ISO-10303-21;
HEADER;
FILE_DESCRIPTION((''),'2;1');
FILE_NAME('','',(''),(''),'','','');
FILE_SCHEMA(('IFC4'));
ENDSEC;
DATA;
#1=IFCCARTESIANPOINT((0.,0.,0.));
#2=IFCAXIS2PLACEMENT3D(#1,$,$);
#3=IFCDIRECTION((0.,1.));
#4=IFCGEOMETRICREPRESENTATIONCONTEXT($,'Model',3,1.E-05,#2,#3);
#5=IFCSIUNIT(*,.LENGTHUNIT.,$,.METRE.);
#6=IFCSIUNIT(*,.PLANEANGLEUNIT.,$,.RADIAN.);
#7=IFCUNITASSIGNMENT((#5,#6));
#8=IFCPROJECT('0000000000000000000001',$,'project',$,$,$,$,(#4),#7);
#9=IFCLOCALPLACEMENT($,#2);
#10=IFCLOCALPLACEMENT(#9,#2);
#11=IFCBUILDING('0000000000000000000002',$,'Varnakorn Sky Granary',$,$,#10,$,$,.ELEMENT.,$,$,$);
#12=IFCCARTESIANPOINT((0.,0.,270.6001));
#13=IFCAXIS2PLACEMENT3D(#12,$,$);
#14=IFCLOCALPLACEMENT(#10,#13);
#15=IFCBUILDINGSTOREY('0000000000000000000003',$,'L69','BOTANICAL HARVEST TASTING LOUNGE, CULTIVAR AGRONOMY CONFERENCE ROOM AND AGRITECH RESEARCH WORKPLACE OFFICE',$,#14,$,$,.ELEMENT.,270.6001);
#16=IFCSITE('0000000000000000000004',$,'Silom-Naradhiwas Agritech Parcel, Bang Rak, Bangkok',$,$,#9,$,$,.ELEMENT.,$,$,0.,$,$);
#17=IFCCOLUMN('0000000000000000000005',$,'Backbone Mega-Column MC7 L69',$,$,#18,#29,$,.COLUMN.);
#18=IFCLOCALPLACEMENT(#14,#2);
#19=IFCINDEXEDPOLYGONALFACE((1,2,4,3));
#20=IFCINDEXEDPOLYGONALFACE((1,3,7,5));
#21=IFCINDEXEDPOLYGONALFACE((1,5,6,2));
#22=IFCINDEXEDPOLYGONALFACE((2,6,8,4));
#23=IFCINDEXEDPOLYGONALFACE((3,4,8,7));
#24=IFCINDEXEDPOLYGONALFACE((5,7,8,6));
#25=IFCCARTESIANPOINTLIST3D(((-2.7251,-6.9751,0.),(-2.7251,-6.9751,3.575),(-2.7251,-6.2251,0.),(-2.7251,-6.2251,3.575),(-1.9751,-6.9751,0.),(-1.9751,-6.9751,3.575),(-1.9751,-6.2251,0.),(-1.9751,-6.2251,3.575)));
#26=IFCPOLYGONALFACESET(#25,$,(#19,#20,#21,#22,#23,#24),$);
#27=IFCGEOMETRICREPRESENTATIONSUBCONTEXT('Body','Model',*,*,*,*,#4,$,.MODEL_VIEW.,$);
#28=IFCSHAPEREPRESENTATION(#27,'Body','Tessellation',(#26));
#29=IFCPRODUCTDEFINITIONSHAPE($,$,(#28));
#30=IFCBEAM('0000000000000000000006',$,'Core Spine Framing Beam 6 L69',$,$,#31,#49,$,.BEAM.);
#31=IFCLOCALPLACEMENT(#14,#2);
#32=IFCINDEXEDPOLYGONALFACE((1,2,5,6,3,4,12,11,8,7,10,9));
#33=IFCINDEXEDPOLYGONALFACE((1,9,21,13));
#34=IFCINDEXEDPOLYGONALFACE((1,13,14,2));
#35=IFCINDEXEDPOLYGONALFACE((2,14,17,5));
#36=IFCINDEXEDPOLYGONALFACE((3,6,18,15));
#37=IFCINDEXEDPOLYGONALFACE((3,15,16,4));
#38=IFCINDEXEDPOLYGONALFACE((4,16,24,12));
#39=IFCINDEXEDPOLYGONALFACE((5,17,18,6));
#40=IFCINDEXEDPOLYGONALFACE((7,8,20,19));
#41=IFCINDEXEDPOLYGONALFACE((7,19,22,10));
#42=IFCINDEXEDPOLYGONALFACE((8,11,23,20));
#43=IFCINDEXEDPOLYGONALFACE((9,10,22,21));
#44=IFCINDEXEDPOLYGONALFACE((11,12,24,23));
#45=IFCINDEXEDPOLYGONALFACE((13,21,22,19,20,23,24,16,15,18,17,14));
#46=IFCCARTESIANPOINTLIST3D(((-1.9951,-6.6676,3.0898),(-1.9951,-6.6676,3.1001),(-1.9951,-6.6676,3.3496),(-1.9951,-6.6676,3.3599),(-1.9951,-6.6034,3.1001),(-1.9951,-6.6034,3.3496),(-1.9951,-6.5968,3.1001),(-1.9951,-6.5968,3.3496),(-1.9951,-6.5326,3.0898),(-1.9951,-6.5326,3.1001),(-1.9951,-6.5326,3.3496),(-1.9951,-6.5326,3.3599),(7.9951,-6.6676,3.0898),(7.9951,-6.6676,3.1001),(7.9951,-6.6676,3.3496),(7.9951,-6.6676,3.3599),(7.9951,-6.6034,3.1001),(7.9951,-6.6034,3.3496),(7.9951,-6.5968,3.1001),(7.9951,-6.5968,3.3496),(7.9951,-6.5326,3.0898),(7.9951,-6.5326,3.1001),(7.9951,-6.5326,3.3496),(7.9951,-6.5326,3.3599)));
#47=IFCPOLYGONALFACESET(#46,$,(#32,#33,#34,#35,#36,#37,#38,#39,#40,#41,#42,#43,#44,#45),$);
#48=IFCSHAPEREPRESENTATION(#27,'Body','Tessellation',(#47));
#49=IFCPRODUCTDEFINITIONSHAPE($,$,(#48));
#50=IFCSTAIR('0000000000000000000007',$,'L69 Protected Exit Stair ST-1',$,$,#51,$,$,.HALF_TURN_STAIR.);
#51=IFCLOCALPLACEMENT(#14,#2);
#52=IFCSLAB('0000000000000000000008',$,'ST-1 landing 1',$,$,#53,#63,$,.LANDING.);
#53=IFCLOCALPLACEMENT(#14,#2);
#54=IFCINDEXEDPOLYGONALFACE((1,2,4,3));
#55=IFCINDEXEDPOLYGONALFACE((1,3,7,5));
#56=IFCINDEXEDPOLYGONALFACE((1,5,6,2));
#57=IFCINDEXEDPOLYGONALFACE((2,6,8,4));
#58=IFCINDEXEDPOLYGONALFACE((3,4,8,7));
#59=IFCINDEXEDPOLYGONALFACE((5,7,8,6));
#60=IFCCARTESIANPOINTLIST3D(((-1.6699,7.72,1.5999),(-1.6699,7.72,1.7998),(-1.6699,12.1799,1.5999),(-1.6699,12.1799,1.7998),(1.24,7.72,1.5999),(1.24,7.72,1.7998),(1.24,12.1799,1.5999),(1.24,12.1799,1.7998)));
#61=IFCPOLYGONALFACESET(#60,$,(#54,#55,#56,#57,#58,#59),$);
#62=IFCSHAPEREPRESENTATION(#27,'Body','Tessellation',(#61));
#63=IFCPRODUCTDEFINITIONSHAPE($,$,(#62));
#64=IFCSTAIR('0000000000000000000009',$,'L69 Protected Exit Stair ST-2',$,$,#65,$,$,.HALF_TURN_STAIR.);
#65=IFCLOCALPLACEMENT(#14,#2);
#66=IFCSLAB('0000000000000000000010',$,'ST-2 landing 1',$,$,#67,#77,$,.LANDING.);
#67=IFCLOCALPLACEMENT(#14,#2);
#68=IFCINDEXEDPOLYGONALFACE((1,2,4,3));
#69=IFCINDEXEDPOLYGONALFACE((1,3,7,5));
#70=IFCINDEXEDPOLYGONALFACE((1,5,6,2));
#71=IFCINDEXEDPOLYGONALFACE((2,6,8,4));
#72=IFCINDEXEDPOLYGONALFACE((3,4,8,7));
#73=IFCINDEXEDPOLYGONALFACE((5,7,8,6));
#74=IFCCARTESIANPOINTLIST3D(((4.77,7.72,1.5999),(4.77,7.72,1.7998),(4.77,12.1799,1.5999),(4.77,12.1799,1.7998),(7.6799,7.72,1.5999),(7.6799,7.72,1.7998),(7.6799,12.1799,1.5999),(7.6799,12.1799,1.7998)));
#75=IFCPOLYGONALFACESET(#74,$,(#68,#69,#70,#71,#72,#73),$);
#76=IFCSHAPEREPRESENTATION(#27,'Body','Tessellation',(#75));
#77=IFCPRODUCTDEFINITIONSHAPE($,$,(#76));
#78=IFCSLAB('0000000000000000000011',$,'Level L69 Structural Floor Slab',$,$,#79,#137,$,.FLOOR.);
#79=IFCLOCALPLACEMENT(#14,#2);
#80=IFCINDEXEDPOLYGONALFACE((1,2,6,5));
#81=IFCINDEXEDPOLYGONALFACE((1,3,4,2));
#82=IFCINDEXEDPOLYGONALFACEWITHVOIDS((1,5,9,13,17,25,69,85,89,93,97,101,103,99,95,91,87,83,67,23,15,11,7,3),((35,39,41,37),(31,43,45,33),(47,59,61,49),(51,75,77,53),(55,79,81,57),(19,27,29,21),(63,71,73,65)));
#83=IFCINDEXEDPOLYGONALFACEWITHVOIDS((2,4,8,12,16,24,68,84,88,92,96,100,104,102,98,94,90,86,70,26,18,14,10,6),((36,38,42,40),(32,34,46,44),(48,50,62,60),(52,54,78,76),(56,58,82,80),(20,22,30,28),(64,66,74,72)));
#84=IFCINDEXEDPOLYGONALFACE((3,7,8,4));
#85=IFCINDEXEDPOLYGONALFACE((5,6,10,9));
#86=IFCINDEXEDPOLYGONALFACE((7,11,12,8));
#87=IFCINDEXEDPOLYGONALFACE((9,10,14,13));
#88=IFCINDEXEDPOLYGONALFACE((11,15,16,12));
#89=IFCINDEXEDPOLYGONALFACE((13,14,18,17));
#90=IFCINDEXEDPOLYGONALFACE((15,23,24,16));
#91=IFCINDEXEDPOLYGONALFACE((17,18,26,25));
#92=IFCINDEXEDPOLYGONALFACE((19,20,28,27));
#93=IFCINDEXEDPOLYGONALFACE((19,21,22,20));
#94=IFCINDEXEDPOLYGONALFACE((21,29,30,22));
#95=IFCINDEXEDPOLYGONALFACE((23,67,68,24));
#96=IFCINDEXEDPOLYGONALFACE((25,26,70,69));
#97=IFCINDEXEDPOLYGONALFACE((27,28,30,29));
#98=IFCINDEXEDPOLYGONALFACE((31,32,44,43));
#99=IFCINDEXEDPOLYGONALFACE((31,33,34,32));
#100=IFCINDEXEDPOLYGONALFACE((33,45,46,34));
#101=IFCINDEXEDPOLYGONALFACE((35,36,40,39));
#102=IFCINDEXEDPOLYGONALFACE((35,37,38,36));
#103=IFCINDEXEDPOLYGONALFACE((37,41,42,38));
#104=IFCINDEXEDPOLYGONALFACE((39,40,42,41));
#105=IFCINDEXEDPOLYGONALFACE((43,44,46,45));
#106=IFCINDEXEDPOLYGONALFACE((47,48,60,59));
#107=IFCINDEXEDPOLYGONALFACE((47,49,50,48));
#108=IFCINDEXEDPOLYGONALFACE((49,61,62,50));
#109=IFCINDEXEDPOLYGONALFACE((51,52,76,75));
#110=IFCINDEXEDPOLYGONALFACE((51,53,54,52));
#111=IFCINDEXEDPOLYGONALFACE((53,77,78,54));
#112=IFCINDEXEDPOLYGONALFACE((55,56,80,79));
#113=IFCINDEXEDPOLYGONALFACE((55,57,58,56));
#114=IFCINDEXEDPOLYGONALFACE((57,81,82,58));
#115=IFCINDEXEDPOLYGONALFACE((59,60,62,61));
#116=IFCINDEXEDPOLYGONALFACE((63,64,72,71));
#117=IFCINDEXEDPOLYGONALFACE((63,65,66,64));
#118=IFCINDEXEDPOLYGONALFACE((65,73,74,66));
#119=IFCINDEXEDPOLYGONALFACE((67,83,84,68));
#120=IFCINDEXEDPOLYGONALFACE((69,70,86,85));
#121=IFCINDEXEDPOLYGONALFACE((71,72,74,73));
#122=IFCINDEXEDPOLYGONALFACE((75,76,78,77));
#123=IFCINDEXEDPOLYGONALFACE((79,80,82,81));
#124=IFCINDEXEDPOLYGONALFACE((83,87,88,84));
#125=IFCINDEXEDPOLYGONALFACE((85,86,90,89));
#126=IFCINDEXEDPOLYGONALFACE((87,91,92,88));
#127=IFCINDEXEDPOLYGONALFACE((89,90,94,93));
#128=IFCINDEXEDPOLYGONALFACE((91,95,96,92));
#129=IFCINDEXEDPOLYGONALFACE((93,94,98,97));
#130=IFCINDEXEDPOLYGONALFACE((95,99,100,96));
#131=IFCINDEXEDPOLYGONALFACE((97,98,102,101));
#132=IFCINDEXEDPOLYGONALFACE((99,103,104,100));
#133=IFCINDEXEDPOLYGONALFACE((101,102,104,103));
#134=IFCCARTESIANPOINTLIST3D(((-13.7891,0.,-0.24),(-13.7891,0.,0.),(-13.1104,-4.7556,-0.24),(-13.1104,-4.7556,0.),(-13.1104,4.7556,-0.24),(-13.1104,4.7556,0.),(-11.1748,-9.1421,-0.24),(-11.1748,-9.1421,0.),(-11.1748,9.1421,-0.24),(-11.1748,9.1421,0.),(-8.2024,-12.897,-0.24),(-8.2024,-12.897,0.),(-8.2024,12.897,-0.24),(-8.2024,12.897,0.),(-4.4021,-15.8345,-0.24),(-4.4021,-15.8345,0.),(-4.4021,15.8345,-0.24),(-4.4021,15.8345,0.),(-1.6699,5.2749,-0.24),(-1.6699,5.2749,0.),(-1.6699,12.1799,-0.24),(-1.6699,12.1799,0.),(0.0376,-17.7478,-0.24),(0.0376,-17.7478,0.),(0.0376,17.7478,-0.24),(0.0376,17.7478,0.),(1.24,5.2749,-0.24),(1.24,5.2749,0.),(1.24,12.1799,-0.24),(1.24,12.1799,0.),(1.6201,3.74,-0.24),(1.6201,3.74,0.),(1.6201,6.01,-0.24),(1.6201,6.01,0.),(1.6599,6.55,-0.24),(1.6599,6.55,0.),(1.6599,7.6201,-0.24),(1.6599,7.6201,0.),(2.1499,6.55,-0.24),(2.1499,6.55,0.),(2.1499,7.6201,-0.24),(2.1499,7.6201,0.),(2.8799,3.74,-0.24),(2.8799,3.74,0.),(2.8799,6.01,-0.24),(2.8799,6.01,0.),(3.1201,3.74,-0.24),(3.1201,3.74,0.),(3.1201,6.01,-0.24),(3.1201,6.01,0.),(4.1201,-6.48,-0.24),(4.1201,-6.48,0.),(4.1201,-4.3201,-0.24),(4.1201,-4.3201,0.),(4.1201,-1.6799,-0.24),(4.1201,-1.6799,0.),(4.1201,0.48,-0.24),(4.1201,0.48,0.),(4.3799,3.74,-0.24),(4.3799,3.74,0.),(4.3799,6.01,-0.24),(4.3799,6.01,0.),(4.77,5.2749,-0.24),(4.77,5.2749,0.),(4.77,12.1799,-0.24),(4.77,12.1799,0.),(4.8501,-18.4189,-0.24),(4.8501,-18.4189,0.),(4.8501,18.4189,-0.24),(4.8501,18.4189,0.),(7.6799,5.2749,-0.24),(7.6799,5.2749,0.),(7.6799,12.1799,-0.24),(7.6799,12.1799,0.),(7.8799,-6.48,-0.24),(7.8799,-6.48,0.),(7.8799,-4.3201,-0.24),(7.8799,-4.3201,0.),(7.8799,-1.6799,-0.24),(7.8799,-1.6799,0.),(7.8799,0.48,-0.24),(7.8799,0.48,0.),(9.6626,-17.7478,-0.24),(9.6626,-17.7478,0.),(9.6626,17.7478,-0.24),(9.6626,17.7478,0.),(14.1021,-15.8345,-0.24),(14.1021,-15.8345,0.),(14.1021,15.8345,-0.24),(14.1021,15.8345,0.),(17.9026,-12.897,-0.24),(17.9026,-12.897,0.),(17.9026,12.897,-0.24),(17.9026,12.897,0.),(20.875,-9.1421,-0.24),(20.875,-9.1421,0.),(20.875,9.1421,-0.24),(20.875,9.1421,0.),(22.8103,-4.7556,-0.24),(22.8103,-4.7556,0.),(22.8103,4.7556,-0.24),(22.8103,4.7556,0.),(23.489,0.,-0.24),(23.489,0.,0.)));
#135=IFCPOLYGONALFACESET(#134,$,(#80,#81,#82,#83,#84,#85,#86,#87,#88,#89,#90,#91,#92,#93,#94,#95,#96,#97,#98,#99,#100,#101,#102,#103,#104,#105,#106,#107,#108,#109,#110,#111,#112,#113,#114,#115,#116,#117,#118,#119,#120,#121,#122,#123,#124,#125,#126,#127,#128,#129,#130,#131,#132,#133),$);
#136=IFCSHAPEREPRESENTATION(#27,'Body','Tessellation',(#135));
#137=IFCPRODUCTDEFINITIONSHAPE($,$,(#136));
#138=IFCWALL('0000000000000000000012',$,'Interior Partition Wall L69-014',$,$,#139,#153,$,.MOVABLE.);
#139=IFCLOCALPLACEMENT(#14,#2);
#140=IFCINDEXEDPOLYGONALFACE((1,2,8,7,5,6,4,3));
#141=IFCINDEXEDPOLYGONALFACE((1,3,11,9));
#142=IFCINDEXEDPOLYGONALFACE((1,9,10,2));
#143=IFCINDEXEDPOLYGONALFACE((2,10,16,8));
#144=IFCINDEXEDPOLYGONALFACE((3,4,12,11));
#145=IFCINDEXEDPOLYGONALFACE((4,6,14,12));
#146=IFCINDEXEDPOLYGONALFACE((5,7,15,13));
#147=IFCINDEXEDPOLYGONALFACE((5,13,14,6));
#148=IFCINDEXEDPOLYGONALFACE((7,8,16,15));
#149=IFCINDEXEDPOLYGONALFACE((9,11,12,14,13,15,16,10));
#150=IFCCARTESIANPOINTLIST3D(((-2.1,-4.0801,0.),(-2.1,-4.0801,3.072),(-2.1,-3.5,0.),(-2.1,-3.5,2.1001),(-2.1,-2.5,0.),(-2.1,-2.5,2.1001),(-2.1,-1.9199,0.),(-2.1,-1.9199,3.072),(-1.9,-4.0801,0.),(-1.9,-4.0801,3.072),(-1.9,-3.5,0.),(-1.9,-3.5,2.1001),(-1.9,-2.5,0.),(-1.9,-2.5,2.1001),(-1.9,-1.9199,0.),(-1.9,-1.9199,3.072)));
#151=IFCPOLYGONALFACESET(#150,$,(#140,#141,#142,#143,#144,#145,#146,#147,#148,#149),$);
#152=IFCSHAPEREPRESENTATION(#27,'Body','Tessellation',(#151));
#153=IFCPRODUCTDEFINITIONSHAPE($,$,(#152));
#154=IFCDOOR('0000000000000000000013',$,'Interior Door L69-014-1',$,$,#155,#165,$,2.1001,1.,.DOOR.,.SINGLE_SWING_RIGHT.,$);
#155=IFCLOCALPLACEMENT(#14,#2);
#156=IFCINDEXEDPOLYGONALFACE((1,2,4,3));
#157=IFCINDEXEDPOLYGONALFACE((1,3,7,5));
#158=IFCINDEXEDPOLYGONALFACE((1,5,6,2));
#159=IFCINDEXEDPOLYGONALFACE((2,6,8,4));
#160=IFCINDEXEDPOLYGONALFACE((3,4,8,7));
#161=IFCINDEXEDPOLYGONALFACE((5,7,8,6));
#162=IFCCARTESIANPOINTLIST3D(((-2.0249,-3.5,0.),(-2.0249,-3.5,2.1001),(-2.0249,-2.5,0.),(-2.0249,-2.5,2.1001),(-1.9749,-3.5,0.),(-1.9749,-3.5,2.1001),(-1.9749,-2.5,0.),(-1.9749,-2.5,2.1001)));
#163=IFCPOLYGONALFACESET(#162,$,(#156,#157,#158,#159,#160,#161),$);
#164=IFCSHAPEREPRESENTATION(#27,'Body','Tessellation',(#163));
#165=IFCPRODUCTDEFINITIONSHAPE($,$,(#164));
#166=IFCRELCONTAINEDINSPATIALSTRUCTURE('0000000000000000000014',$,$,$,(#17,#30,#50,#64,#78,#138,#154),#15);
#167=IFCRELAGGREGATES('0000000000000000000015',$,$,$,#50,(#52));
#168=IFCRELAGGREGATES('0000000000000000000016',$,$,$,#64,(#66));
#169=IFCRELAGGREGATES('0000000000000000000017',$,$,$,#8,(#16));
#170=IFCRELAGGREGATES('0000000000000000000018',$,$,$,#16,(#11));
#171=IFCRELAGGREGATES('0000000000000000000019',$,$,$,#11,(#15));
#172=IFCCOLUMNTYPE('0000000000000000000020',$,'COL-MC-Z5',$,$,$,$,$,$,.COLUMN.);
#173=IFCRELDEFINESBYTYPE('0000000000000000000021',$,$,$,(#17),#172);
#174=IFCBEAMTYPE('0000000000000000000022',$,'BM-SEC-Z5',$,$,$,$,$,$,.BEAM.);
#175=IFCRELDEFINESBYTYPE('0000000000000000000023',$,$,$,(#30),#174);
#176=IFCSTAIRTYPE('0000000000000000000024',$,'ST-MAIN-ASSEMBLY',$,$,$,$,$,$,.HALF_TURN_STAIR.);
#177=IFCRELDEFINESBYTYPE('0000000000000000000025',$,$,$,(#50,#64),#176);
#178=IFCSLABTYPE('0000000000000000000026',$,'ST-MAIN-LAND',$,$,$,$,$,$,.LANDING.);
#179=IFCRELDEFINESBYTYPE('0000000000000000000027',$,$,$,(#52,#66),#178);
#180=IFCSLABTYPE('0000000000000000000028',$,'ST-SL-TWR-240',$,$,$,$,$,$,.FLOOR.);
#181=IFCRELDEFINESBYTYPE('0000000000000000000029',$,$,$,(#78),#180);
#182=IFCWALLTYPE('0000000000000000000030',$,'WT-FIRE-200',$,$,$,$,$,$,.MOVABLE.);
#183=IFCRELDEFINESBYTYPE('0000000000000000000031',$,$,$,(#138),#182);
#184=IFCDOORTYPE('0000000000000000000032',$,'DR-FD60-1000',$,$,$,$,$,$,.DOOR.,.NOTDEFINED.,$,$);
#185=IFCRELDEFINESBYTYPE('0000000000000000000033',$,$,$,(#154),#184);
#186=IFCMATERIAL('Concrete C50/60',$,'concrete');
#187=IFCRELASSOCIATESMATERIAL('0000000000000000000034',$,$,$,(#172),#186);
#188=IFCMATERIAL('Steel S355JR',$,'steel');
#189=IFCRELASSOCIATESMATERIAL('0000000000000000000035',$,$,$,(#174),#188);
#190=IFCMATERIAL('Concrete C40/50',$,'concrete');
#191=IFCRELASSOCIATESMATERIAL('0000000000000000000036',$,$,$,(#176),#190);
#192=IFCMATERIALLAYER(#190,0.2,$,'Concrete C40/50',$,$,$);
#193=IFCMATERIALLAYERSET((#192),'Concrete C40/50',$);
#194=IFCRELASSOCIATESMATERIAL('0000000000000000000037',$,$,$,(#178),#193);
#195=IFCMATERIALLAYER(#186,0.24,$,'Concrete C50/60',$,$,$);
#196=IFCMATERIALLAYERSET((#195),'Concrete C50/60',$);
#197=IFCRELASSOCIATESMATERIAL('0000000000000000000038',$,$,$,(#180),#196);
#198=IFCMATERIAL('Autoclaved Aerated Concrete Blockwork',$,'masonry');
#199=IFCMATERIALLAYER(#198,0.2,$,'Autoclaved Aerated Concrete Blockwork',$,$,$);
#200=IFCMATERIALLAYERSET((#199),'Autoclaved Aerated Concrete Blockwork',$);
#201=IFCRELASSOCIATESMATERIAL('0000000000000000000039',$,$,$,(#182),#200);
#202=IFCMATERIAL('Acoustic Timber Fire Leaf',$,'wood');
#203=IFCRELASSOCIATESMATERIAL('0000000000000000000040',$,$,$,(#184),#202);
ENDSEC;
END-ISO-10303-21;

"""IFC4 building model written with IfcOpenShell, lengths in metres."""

from ifc_helpers import new_model, si_unit, direction, frame, frame_2d, origin, origin_2d, place, context, subcontext, project, spatial, polyline, rectangle, i_section, outline, extrude, material, layer, layer_set, material_profile, profile_set, type_object, element, fill, aggregate, save


model = new_model("IFC4")

# Units and contexts
model_context = context("Model", 3, precision=1e-05, world=origin(), true_north=direction((0.0, 1.0)))
body_context = subcontext(model_context, "Body", "Model", "MODEL_VIEW")
ifc_project = project(units=[si_unit("LENGTHUNIT", "METRE"), si_unit("PLANEANGLEUNIT", "RADIAN")], contexts=[model_context])

# Site, building, storey
site_placement = place(None, origin())
site = spatial("IfcSite", under=ifc_project, at=site_placement, Name="Silom-Naradhiwas Agritech Parcel, Bang Rak, Bangkok", CompositionType="ELEMENT", RefElevation=0.0)
building_placement = place(site_placement, origin())
building = spatial("IfcBuilding", under=site, at=building_placement, Name="Varnakorn Sky Granary", CompositionType="ELEMENT")
storey_placement = place(building_placement, frame((0.0, 0.0, 270.6001)))
storey = spatial("IfcBuildingStorey", under=building, at=storey_placement, Name="L69", Description="BOTANICAL HARVEST TASTING LOUNGE, CULTIVAR AGRONOMY CONFERENCE ROOM AND AGRITECH RESEARCH WORKPLACE OFFICE", CompositionType="ELEMENT", Elevation=270.6001)

# Column
ifc_material_1 = material(Name="Concrete C50/60", Category="concrete")
ifc_material_profile_1 = material_profile(ifc_material_1, rectangle(XDim=0.75, YDim=0.75, at=origin_2d()), Name="RC 750x750")
ifc_profile_set_1 = profile_set([ifc_material_profile_1], Name="Concrete C50/60")
column_type = type_object("IfcColumnType", Name="COL-MC-Z5", PredefinedType="COLUMN", material=ifc_profile_set_1)
column_placement = place(storey_placement, frame((-2.3501, -6.6001, 0.0), z_axis=(0.0, 0.0, 1.0), x_axis=(1.0, 0.0, 0.0)))
element("IfcColumn", 1, at=column_placement, inside=storey, type_object=column_type, Name="Backbone Mega-Column MC7 L69", PredefinedType="COLUMN", context=body_context, shape_type="SweptSolid", body=[
    extrude(rectangle(XDim=0.75, YDim=0.75, at=origin_2d()), origin(), (0.0, 0.0, 1.0), 3.575),
])

# Beam
ifc_material_2 = material(Name="Steel S355JR", Category="steel")
ifc_material_profile_2 = material_profile(ifc_material_2, i_section(OverallWidth=0.135, OverallDepth=0.27, WebThickness=0.0066, FlangeThickness=0.0103, at=origin_2d()), Name="IPE 270")
ifc_profile_set_2 = profile_set([ifc_material_profile_2], Name="Steel S355JR")
beam_type = type_object("IfcBeamType", Name="BM-SEC-Z5", PredefinedType="BEAM", material=ifc_profile_set_2)
beam_placement = place(storey_placement, frame((-1.9951, -6.6001, 3.2249), z_axis=(1.0, 0.0, 0.0), x_axis=(0.0, 1.0, 0.0)))
element("IfcBeam", 2, at=beam_placement, inside=storey, type_object=beam_type, Name="Core Spine Framing Beam 6 L69", PredefinedType="BEAM", context=body_context, shape_type="SweptSolid", body=[
    extrude(i_section(OverallWidth=0.135, OverallDepth=0.27, WebThickness=0.0066, FlangeThickness=0.0103, at=origin_2d()), origin(), (0.0, 0.0, 1.0), 9.9902),
])

# Stairs, slabs
ifc_material_3 = material(Name="Concrete C40/50", Category="concrete")
stair_type = type_object("IfcStairType", Name="ST-MAIN-ASSEMBLY", PredefinedType="HALF_TURN_STAIR", material=ifc_material_3)
stair_1_placement = place(storey_placement, origin())
stair_1 = element("IfcStair", 3, at=stair_1_placement, inside=storey, type_object=stair_type, Name="L69 Protected Exit Stair ST-1", PredefinedType="HALF_TURN_STAIR")
ifc_layer_1 = layer(ifc_material_3, 0.2, Name="Concrete C40/50")
ifc_layer_set_1 = layer_set([ifc_layer_1], Name="Concrete C40/50")
slab_type_1 = type_object("IfcSlabType", Name="ST-MAIN-LAND", PredefinedType="LANDING", material=ifc_layer_set_1)
slab_1_placement = place(storey_placement, frame((0.0, 0.0, 1.5999)))
slab_1 = element("IfcSlab", 4, at=slab_1_placement, type_object=slab_type_1, Name="ST-1 landing 1", PredefinedType="LANDING", context=body_context, shape_type="SweptSolid", body=[
    extrude(outline(polyline([(1.24, 7.72), (1.24, 12.1799), (-1.6699, 12.1799), (-1.6699, 7.72), (1.24, 7.72)])), origin(), (0.0, 0.0, 1.0), 0.2),
])
aggregate(stair_1, [slab_1])
stair_2_placement = place(storey_placement, origin())
stair_2 = element("IfcStair", 5, at=stair_2_placement, inside=storey, type_object=stair_type, Name="L69 Protected Exit Stair ST-2", PredefinedType="HALF_TURN_STAIR")
slab_2_placement = place(storey_placement, frame((0.0, 0.0, 1.5999)))
slab_2 = element("IfcSlab", 6, at=slab_2_placement, type_object=slab_type_1, Name="ST-2 landing 1", PredefinedType="LANDING", context=body_context, shape_type="SweptSolid", body=[
    extrude(outline(polyline([(7.6799, 7.72), (7.6799, 12.1799), (4.77, 12.1799), (4.77, 7.72), (7.6799, 7.72)])), origin(), (0.0, 0.0, 1.0), 0.2),
])
aggregate(stair_2, [slab_2])

# Slab
ifc_layer_2 = layer(ifc_material_1, 0.24, Name="Concrete C50/60")
ifc_layer_set_2 = layer_set([ifc_layer_2], Name="Concrete C50/60")
slab_type_2 = type_object("IfcSlabType", Name="ST-SL-TWR-240", PredefinedType="FLOOR", material=ifc_layer_set_2)
slab_3_placement = place(storey_placement, frame((0.0, 0.0, -0.24)))
element("IfcSlab", 7, at=slab_3_placement, inside=storey, type_object=slab_type_2, Name="Level L69 Structural Floor Slab", PredefinedType="FLOOR", context=body_context, shape_type="SweptSolid", body=[
    extrude(outline(polyline([(23.489, 0.0), (22.8103, 4.7556), (20.875, 9.1421), (17.9026, 12.897), (14.1021, 15.8345), (9.6626, 17.7478), (4.8501, 18.4189), (0.0376, 17.7478), (-4.4021, 15.8345), (-8.2024, 12.897), (-11.1748, 9.1421), (-13.1104, 4.7556), (-13.7891, 0.0), (-13.1104, -4.7556), (-11.1748, -9.1421), (-8.2024, -12.897), (-4.4021, -15.8345), (0.0376, -17.7478), (4.8501, -18.4189), (9.6626, -17.7478), (14.1021, -15.8345), (17.9026, -12.897), (20.875, -9.1421), (22.8103, -4.7556), (23.489, 0.0)]), holes=[polyline([(1.24, 5.2749), (1.24, 12.1799), (-1.6699, 12.1799), (-1.6699, 5.2749), (1.24, 5.2749)]), polyline([(7.6799, 5.2749), (7.6799, 12.1799), (4.77, 12.1799), (4.77, 5.2749), (7.6799, 5.2749)]), polyline([(1.6599, 6.55), (2.1499, 6.55), (2.1499, 7.6201), (1.6599, 7.6201), (1.6599, 6.55)]), polyline([(1.6201, 3.74), (2.8799, 3.74), (2.8799, 6.01), (1.6201, 6.01), (1.6201, 3.74)]), polyline([(3.1201, 3.74), (4.3799, 3.74), (4.3799, 6.01), (3.1201, 6.01), (3.1201, 3.74)]), polyline([(4.1201, -1.6799), (7.8799, -1.6799), (7.8799, 0.48), (4.1201, 0.48), (4.1201, -1.6799)]), polyline([(4.1201, -6.48), (7.8799, -6.48), (7.8799, -4.3201), (4.1201, -4.3201), (4.1201, -6.48)])]), origin(), (0.0, 0.0, 1.0), 0.24),
])

# Wall, opening, door
ifc_material_4 = material(Name="Autoclaved Aerated Concrete Blockwork", Category="masonry")
ifc_layer_3 = layer(ifc_material_4, 0.2, Name="Autoclaved Aerated Concrete Blockwork")
ifc_layer_set_3 = layer_set([ifc_layer_3], Name="Autoclaved Aerated Concrete Blockwork")
wall_type_1 = type_object("IfcWallType", Name="WT-FIRE-200", PredefinedType="MOVABLE", material=ifc_layer_set_3)
wall_1_placement = place(storey_placement, frame((-2.0, -4.0801, 0.0), z_axis=(0.0, 0.0, 1.0), x_axis=(0.0, 1.0, 0.0)))
wall_1 = element("IfcWall", 8, at=wall_1_placement, inside=storey, type_object=wall_type_1, Name="Interior Partition Wall L69-014", PredefinedType="MOVABLE", context=body_context, shape_type="SweptSolid", body=[
    extrude(rectangle(XDim=2.1602, YDim=0.2, at=frame_2d((1.0801, 0.0))), origin(), (0.0, 0.0, 1.0), 3.072),
])
opening_1_placement = place(wall_1_placement, frame((0.5801, 0.0, 0.0)))
opening_1 = element("IfcOpeningElement", 9, at=opening_1_placement, cuts=wall_1, PredefinedType="OPENING", context=body_context, shape_type="SweptSolid", body=[
    extrude(rectangle(XDim=1.0, YDim=2.1001, at=frame_2d((0.5, 1.05))), frame((0.0, 0.1099, 0.0), z_axis=(0.0, -1.0, 0.0), x_axis=(1.0, 0.0, 0.0)), (0.0, 0.0, 1.0), 0.22),
])
ifc_material_5 = material(Name="Acoustic Timber Fire Leaf", Category="wood")
door_type_1 = type_object("IfcDoorType", Name="DR-FD60-1000", OperationType="NOTDEFINED", PredefinedType="DOOR", material=ifc_material_5)
door_1_placement = place(opening_1_placement, origin())
door_1 = element("IfcDoor", 10, at=door_1_placement, inside=storey, type_object=door_type_1, Name="Interior Door L69-014-1", OperationType="SINGLE_SWING_RIGHT", OverallHeight=2.1001, OverallWidth=1.0, PredefinedType="DOOR", context=body_context, shape_type="SweptSolid", body=[
    extrude(rectangle(XDim=1.0, YDim=2.1001, at=frame_2d((0.5, 1.05))), frame((0.0, 0.0249, 0.0), z_axis=(0.0, -1.0, 0.0), x_axis=(1.0, 0.0, 0.0)), (0.0, 0.0, 1.0), 0.05),
])
fill(opening_1, door_1)

save(model, "model.ifc")
